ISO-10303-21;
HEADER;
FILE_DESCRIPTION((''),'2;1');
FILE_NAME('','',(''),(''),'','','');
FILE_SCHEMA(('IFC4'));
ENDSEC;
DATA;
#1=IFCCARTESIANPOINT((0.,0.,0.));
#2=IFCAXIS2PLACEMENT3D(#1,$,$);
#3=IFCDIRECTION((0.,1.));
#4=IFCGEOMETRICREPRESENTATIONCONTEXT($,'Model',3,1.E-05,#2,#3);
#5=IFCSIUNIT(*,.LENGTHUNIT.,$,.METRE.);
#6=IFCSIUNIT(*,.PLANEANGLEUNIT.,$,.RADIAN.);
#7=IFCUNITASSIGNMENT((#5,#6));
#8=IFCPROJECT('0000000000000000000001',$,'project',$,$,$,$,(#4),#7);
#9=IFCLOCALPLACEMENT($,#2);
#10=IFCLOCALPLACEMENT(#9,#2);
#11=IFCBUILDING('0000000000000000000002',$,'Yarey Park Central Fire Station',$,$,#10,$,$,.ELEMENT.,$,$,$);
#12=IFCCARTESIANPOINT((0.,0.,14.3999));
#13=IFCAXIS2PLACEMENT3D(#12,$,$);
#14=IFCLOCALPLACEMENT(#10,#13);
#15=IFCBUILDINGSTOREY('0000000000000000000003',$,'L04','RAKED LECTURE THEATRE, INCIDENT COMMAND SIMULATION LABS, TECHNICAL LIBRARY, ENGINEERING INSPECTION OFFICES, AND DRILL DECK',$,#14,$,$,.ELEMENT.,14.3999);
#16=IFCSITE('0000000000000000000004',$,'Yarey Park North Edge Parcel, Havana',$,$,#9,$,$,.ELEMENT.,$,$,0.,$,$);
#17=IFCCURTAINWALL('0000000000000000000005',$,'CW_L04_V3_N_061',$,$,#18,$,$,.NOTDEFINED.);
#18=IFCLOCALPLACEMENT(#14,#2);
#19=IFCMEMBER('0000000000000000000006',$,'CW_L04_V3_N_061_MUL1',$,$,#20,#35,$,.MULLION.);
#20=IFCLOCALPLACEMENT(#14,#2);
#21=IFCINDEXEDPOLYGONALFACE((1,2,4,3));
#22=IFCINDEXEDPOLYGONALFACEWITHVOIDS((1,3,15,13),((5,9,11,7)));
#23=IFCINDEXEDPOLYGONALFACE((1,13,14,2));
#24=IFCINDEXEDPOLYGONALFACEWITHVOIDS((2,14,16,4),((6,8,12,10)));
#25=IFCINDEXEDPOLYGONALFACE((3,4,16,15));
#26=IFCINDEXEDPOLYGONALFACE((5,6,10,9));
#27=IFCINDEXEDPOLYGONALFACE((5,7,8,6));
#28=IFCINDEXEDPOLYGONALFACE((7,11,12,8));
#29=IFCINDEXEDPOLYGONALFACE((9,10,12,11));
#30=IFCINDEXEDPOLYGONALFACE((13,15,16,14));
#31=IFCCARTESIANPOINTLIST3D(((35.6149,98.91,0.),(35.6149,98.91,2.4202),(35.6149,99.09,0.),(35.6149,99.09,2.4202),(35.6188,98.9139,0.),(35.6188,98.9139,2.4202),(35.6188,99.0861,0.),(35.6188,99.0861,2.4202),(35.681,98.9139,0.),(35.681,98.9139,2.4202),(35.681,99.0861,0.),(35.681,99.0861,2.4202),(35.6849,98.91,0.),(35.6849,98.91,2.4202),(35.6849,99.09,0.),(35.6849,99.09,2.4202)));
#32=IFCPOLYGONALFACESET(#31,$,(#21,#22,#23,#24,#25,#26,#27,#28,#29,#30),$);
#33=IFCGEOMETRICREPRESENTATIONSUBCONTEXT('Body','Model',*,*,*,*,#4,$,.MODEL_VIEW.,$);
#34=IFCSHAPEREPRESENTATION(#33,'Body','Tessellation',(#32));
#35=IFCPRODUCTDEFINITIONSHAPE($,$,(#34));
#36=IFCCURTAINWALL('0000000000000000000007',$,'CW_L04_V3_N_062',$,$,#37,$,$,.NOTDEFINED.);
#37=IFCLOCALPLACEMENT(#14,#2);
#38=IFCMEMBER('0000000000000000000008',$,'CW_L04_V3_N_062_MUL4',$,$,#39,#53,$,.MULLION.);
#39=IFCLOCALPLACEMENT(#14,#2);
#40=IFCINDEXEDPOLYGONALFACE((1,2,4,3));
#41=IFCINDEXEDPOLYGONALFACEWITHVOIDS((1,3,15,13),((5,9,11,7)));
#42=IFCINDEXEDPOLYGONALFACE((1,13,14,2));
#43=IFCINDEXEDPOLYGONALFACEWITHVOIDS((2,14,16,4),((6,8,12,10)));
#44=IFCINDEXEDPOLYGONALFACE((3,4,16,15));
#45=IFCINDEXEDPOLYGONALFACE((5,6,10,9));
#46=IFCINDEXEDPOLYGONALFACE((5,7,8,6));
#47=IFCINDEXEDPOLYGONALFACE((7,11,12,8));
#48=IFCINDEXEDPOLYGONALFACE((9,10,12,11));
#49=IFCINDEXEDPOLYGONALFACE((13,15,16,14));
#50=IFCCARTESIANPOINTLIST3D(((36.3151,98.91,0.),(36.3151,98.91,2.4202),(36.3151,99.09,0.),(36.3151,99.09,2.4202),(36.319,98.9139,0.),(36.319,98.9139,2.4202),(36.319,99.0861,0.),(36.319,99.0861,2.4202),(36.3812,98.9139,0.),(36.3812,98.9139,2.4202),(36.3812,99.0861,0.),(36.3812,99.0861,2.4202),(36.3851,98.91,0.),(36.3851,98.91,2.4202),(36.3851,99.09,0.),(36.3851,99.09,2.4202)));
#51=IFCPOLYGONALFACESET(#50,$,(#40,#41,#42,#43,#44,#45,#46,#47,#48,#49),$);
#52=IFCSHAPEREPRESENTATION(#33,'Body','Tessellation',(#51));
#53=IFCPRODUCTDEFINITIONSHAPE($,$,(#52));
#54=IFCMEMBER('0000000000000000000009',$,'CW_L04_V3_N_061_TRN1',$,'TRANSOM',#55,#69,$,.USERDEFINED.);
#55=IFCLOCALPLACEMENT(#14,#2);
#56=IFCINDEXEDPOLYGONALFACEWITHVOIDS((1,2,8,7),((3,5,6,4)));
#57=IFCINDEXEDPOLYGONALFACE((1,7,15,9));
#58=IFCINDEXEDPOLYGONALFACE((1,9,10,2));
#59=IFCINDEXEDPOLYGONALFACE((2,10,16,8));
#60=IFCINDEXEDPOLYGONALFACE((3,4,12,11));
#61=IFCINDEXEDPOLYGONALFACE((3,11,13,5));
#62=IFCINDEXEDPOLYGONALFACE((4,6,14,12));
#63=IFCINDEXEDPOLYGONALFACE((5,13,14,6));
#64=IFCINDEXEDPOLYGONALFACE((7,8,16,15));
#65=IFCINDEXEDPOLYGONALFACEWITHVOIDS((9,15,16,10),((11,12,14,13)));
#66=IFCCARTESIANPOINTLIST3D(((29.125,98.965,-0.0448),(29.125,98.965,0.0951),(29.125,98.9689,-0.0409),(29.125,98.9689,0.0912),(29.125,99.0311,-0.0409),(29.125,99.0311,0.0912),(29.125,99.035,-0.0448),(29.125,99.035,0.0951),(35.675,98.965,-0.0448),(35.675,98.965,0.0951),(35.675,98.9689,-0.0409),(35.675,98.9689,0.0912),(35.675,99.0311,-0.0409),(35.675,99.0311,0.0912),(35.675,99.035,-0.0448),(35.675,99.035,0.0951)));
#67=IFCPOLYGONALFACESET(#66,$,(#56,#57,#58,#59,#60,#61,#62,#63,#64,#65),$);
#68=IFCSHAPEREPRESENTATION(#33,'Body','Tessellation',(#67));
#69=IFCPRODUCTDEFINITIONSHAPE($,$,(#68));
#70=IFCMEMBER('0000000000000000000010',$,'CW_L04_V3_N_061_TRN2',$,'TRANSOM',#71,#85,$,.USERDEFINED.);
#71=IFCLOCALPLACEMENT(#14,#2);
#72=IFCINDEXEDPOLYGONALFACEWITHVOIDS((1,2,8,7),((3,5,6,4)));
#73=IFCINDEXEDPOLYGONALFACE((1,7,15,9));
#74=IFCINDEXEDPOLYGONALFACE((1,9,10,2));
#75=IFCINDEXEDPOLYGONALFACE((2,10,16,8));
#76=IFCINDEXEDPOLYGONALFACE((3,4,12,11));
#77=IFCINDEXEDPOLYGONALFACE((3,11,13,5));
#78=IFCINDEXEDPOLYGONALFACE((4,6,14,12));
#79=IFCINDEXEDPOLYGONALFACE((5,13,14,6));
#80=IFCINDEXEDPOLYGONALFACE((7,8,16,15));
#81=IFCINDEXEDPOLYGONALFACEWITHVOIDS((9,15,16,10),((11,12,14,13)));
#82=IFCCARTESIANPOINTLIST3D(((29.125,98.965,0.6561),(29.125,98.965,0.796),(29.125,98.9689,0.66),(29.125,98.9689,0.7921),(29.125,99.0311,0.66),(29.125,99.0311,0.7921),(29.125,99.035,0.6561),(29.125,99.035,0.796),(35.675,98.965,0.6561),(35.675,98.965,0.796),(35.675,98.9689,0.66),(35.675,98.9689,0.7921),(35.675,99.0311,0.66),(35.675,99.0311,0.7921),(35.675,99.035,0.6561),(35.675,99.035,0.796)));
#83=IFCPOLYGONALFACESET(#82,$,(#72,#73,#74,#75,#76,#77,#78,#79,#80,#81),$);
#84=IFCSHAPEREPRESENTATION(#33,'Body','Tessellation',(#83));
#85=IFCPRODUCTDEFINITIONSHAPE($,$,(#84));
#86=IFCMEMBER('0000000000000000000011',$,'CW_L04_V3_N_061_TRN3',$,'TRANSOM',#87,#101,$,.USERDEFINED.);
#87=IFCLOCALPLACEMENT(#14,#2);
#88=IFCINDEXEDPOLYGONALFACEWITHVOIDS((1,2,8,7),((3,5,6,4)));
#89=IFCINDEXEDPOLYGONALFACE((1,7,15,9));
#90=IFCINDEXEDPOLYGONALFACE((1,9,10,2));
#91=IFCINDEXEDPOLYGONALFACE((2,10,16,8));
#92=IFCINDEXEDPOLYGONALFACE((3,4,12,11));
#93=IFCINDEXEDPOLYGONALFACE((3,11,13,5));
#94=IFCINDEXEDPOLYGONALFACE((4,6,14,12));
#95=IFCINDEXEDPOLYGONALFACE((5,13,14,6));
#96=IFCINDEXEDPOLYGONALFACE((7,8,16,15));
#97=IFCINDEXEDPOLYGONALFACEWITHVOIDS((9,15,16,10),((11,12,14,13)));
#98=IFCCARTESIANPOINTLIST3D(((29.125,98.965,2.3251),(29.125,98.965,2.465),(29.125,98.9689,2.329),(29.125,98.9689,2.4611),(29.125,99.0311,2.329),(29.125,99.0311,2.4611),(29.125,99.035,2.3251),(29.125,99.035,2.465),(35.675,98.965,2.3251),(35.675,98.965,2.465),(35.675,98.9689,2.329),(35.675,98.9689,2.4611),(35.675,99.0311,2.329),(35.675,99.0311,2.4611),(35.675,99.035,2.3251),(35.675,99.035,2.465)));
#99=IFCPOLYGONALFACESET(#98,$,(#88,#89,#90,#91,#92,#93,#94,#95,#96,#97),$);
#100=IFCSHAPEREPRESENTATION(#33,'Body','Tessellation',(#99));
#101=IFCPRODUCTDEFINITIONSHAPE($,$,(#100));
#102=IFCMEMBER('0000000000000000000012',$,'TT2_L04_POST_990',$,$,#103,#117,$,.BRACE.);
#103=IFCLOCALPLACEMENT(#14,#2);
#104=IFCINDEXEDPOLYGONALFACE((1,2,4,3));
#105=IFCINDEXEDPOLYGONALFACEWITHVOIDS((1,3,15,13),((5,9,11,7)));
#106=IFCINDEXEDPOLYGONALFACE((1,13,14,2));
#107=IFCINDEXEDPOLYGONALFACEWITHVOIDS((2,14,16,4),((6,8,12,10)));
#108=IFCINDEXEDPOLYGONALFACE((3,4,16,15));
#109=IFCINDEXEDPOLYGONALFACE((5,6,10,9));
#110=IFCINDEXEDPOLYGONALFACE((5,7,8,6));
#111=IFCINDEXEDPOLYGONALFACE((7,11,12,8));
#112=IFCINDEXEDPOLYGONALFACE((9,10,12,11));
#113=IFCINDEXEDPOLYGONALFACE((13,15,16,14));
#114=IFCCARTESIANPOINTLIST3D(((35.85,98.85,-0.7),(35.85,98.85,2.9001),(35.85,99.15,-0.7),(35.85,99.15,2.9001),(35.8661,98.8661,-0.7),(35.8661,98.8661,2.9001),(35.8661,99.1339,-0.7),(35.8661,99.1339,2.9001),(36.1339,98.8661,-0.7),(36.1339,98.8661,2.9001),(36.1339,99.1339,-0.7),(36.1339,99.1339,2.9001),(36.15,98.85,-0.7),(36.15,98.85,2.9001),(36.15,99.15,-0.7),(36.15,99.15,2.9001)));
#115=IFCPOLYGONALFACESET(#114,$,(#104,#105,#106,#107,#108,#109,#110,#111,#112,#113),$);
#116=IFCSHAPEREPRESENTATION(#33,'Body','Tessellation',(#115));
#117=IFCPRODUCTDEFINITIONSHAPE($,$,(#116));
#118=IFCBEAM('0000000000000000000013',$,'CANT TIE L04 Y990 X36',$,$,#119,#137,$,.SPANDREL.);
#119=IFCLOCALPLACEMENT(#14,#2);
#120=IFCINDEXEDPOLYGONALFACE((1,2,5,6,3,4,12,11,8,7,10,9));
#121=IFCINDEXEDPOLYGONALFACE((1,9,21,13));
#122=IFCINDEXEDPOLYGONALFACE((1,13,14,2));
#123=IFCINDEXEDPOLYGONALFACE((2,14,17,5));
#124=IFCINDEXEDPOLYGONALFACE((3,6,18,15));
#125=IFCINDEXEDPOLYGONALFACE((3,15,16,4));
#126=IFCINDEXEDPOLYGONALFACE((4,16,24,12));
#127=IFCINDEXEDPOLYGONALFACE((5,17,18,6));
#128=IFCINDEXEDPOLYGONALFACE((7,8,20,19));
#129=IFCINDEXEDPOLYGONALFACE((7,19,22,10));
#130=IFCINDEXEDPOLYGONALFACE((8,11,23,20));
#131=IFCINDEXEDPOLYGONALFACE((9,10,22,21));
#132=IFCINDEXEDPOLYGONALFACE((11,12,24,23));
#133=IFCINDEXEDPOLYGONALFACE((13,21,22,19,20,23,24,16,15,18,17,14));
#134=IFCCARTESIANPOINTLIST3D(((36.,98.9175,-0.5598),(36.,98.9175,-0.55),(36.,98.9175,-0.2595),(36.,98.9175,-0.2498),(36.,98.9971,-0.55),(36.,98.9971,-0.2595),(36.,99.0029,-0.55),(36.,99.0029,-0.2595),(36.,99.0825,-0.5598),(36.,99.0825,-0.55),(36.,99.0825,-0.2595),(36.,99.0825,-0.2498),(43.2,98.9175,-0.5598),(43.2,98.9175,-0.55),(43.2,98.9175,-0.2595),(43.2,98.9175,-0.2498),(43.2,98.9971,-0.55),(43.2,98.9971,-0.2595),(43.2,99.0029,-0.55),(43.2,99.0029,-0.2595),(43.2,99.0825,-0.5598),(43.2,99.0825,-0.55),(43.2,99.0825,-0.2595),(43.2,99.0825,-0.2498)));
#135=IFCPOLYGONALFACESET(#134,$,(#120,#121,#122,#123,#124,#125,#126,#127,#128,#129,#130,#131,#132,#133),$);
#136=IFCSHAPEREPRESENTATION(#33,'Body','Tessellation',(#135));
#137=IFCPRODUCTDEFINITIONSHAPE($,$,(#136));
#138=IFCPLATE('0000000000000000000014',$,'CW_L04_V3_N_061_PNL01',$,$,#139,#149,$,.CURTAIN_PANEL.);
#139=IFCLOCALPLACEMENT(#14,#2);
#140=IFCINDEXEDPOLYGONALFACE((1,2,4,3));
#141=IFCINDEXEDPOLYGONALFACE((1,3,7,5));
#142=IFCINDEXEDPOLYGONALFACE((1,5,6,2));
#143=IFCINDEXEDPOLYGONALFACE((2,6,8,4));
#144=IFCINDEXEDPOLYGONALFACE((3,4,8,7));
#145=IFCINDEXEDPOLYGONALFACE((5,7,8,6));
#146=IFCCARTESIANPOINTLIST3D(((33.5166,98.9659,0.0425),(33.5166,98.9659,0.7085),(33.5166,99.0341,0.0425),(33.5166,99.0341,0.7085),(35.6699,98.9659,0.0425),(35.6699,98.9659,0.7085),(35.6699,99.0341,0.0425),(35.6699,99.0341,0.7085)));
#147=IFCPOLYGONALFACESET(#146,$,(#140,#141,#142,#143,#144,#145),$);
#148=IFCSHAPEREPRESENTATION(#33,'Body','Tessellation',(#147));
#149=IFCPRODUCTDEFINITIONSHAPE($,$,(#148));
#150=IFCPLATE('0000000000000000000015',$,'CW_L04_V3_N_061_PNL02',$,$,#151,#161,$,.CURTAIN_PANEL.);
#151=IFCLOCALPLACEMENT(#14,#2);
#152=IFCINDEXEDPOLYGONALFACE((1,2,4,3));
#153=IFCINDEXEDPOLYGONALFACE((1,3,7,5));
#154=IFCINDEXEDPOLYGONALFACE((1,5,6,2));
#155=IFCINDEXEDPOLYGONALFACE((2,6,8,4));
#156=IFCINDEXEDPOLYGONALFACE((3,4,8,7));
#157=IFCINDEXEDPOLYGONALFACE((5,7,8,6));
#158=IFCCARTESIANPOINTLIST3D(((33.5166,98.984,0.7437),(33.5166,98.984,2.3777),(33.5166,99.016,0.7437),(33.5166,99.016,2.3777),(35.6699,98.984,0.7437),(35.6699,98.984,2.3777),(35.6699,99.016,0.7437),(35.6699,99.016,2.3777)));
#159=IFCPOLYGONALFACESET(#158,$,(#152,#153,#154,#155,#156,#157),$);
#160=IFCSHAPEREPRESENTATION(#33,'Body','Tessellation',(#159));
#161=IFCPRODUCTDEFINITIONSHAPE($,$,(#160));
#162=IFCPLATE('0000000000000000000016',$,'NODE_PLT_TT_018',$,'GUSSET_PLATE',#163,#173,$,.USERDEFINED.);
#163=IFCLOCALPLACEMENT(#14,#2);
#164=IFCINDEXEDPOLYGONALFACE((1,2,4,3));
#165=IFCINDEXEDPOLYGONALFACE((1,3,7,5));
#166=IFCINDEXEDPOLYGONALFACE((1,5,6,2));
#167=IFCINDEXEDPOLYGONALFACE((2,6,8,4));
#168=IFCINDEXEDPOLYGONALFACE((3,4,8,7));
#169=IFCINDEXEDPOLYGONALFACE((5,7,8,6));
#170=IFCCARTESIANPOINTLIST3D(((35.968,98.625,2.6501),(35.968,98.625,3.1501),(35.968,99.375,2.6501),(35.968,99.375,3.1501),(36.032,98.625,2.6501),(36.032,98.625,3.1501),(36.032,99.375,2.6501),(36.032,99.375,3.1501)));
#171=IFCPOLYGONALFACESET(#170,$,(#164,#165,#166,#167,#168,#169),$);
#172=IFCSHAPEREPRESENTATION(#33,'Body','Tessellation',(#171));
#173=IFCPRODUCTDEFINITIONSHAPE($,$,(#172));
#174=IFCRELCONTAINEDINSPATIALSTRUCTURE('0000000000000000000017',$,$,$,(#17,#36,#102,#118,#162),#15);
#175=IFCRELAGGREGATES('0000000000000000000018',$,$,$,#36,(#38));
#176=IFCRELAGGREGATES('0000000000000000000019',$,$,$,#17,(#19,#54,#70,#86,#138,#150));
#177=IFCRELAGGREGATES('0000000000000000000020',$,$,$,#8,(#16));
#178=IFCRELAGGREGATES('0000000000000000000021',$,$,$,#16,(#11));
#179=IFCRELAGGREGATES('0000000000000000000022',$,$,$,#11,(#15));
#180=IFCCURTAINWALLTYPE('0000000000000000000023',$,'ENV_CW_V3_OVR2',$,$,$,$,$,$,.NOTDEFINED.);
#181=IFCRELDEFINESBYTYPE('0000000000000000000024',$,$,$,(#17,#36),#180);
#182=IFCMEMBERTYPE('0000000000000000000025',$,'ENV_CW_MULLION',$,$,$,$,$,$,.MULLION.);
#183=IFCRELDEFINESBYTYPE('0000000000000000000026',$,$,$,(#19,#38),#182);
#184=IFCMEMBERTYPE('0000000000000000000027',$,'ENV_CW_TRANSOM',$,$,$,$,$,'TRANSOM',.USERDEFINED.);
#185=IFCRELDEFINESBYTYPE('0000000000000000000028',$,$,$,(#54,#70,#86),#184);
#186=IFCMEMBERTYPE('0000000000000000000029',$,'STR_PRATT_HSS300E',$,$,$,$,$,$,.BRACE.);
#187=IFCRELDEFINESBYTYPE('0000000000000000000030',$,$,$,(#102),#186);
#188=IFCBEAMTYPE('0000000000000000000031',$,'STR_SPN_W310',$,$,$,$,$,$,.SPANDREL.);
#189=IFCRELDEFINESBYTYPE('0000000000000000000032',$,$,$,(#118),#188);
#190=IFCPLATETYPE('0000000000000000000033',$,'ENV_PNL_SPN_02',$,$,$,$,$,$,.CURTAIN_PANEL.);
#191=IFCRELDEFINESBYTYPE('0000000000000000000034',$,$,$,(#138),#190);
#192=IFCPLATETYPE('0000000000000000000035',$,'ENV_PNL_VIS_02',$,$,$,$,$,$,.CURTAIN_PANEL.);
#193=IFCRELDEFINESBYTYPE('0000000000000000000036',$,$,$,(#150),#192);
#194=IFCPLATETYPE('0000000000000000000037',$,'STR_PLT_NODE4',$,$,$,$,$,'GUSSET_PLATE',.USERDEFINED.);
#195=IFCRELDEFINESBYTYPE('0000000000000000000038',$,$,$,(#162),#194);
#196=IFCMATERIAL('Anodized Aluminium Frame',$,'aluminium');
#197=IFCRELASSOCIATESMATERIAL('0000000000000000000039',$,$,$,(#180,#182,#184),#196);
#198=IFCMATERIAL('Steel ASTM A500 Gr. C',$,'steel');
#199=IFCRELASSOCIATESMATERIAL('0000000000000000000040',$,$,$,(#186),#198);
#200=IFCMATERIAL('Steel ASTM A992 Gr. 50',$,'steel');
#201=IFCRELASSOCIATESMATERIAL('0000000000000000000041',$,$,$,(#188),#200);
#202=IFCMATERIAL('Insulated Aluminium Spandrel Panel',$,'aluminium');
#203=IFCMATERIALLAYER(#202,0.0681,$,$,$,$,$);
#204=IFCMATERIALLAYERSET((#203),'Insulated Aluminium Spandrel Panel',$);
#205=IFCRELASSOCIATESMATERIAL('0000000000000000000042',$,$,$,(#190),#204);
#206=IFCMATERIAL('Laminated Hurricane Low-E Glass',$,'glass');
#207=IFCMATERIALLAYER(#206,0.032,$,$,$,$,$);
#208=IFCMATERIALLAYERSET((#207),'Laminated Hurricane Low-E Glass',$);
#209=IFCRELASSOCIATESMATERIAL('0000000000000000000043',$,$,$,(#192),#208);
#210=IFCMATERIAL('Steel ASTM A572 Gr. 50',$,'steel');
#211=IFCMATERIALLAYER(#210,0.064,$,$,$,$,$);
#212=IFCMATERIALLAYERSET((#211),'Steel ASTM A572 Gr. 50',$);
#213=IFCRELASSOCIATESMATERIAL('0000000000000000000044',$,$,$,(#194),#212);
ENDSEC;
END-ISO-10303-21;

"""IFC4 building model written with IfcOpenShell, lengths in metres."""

from ifc_helpers import new_model, si_unit, direction, frame, origin, origin_2d, place, context, subcontext, project, spatial, rectangle, hollow_rectangle, i_section, extrude, material, layer, layer_set, material_profile, profile_set, type_object, element, aggregate, save


model = new_model("IFC4")

# Units and contexts
model_context = context("Model", 3, precision=1e-05, world=origin(), true_north=direction((0.0, 1.0)))
body_context = subcontext(model_context, "Body", "Model", "MODEL_VIEW")
ifc_project = project(units=[si_unit("LENGTHUNIT", "METRE"), si_unit("PLANEANGLEUNIT", "RADIAN")], contexts=[model_context])

# Site, building, storey
site_placement = place(None, origin())
site = spatial("IfcSite", under=ifc_project, at=site_placement, Name="Yarey Park North Edge Parcel, Havana", CompositionType="ELEMENT", RefElevation=0.0)
building_placement = place(site_placement, origin())
building = spatial("IfcBuilding", under=site, at=building_placement, Name="Yarey Park Central Fire Station", CompositionType="ELEMENT")
storey_placement = place(building_placement, frame((0.0, 0.0, 14.3999)))
storey = spatial("IfcBuildingStorey", under=building, at=storey_placement, Name="L04", Description="RAKED LECTURE THEATRE, INCIDENT COMMAND SIMULATION LABS, TECHNICAL LIBRARY, ENGINEERING INSPECTION OFFICES, AND DRILL DECK", CompositionType="ELEMENT", Elevation=14.3999)

# Curtain walls, members
ifc_material_1 = material(Name="Anodized Aluminium Frame", Category="aluminium")
curtain_wall_type = type_object("IfcCurtainWallType", Name="ENV_CW_V3_OVR2", PredefinedType="NOTDEFINED", material=ifc_material_1)
curtain_wall_1_placement = place(storey_placement, origin())
curtain_wall_1 = element("IfcCurtainWall", 1, at=curtain_wall_1_placement, inside=storey, type_object=curtain_wall_type, Name="CW_L04_V3_N_061", PredefinedType="NOTDEFINED")
ifc_material_profile_1 = material_profile(ifc_material_1, hollow_rectangle(XDim=0.0701, YDim=0.1799, WallThickness=0.0039, at=origin_2d()), Name="ALU 180x70x4")
ifc_profile_set_1 = profile_set([ifc_material_profile_1], Name="Anodized Aluminium Frame")
member_type_1 = type_object("IfcMemberType", Name="ENV_CW_MULLION", PredefinedType="MULLION", material=ifc_profile_set_1)
member_1_placement = place(storey_placement, frame((35.6499, 99.0, 0.0), z_axis=(0.0, 0.0, 1.0), x_axis=(1.0, 0.0, 0.0)))
member_1 = element("IfcMember", 2, at=member_1_placement, type_object=member_type_1, Name="CW_L04_V3_N_061_MUL1", PredefinedType="MULLION", context=body_context, shape_type="SweptSolid", body=[
    extrude(hollow_rectangle(XDim=0.0701, YDim=0.1799, WallThickness=0.0039, at=origin_2d()), origin(), (0.0, 0.0, 1.0), 2.4202),
])
curtain_wall_2_placement = place(storey_placement, origin())
curtain_wall_2 = element("IfcCurtainWall", 3, at=curtain_wall_2_placement, inside=storey, type_object=curtain_wall_type, Name="CW_L04_V3_N_062", PredefinedType="NOTDEFINED")
member_2_placement = place(storey_placement, frame((36.3501, 99.0, 0.0), z_axis=(0.0, 0.0, 1.0), x_axis=(1.0, 0.0, 0.0)))
member_2 = element("IfcMember", 4, at=member_2_placement, type_object=member_type_1, Name="CW_L04_V3_N_062_MUL4", PredefinedType="MULLION", context=body_context, shape_type="SweptSolid", body=[
    extrude(hollow_rectangle(XDim=0.0701, YDim=0.1799, WallThickness=0.0039, at=origin_2d()), origin(), (0.0, 0.0, 1.0), 2.4202),
])
aggregate(curtain_wall_2, [member_2])

# Members
ifc_material_profile_2 = material_profile(ifc_material_1, hollow_rectangle(XDim=0.0701, YDim=0.1399, WallThickness=0.0039, at=origin_2d()), Name="ALU 140x70x4")
ifc_profile_set_2 = profile_set([ifc_material_profile_2], Name="Anodized Aluminium Frame")
member_type_2 = type_object("IfcMemberType", Name="ENV_CW_TRANSOM", ElementType="TRANSOM", PredefinedType="USERDEFINED", material=ifc_profile_set_2)
member_3_placement = place(storey_placement, frame((35.675, 99.0, 0.0251), z_axis=(-1.0, 0.0, 0.0), x_axis=(0.0, -1.0, 0.0)))
member_3 = element("IfcMember", 5, at=member_3_placement, type_object=member_type_2, Name="CW_L04_V3_N_061_TRN1", ObjectType="TRANSOM", PredefinedType="USERDEFINED", context=body_context, shape_type="SweptSolid", body=[
    extrude(hollow_rectangle(XDim=0.0701, YDim=0.1399, WallThickness=0.0039, at=origin_2d()), origin(), (0.0, 0.0, 1.0), 6.55),
])
member_4_placement = place(storey_placement, frame((35.675, 99.0, 0.7261), z_axis=(-1.0, 0.0, 0.0), x_axis=(0.0, -1.0, 0.0)))
member_4 = element("IfcMember", 6, at=member_4_placement, type_object=member_type_2, Name="CW_L04_V3_N_061_TRN2", ObjectType="TRANSOM", PredefinedType="USERDEFINED", context=body_context, shape_type="SweptSolid", body=[
    extrude(hollow_rectangle(XDim=0.0701, YDim=0.1399, WallThickness=0.0039, at=origin_2d()), origin(), (0.0, 0.0, 1.0), 6.55),
])
member_5_placement = place(storey_placement, frame((35.675, 99.0, 2.395), z_axis=(-1.0, 0.0, 0.0), x_axis=(0.0, -1.0, 0.0)))
member_5 = element("IfcMember", 7, at=member_5_placement, type_object=member_type_2, Name="CW_L04_V3_N_061_TRN3", ObjectType="TRANSOM", PredefinedType="USERDEFINED", context=body_context, shape_type="SweptSolid", body=[
    extrude(hollow_rectangle(XDim=0.0701, YDim=0.1399, WallThickness=0.0039, at=origin_2d()), origin(), (0.0, 0.0, 1.0), 6.55),
])
ifc_material_2 = material(Name="Steel ASTM A500 Gr. C", Category="steel")
ifc_material_profile_3 = material_profile(ifc_material_2, hollow_rectangle(XDim=0.3, YDim=0.3, WallThickness=0.0161, at=origin_2d()), Name="HSS 300x300x16")
ifc_profile_set_3 = profile_set([ifc_material_profile_3], Name="Steel ASTM A500 Gr. C")
member_type_3 = type_object("IfcMemberType", Name="STR_PRATT_HSS300E", PredefinedType="BRACE", material=ifc_profile_set_3)
member_6_placement = place(storey_placement, frame((36.0, 99.0, -0.7), z_axis=(0.0, 0.0, 1.0), x_axis=(1.0, 0.0, 0.0)))
element("IfcMember", 8, at=member_6_placement, inside=storey, type_object=member_type_3, Name="TT2_L04_POST_990", PredefinedType="BRACE", context=body_context, shape_type="SweptSolid", body=[
    extrude(hollow_rectangle(XDim=0.3, YDim=0.3, WallThickness=0.0161, at=origin_2d()), origin(), (0.0, 0.0, 1.0), 3.6001),
])

# Beam
ifc_material_3 = material(Name="Steel ASTM A992 Gr. 50", Category="steel")
ifc_material_profile_4 = material_profile(ifc_material_3, i_section(OverallWidth=0.165, OverallDepth=0.3101, WebThickness=0.0059, FlangeThickness=0.0098, at=origin_2d()), Name="W310x39")
ifc_profile_set_4 = profile_set([ifc_material_profile_4], Name="Steel ASTM A992 Gr. 50")
beam_type = type_object("IfcBeamType", Name="STR_SPN_W310", PredefinedType="SPANDREL", material=ifc_profile_set_4)
beam_placement = place(storey_placement, frame((36.0, 99.0, -0.4048), z_axis=(1.0, 0.0, 0.0), x_axis=(0.0, 1.0, 0.0)))
element("IfcBeam", 9, at=beam_placement, inside=storey, type_object=beam_type, Name="CANT TIE L04 Y990 X36", PredefinedType="SPANDREL", context=body_context, shape_type="SweptSolid", body=[
    extrude(i_section(OverallWidth=0.165, OverallDepth=0.3101, WebThickness=0.0059, FlangeThickness=0.0098, at=origin_2d()), origin(), (0.0, 0.0, 1.0), 7.2),
])

# Plates
ifc_material_4 = material(Name="Insulated Aluminium Spandrel Panel", Category="aluminium")
ifc_layer_1 = layer(ifc_material_4, 0.0681)
ifc_layer_set_1 = layer_set([ifc_layer_1], Name="Insulated Aluminium Spandrel Panel")
plate_type_1 = type_object("IfcPlateType", Name="ENV_PNL_SPN_02", PredefinedType="CURTAIN_PANEL", material=ifc_layer_set_1)
plate_1_placement = place(storey_placement, frame((34.5933, 99.0, 0.0425), z_axis=(0.0, 0.0, 1.0), x_axis=(-1.0, 0.0, 0.0)))
plate_1 = element("IfcPlate", 10, at=plate_1_placement, type_object=plate_type_1, Name="CW_L04_V3_N_061_PNL01", PredefinedType="CURTAIN_PANEL", context=body_context, shape_type="SweptSolid", body=[
    extrude(rectangle(XDim=2.1533, YDim=0.0681, at=origin_2d()), origin(), (0.0, 0.0, 1.0), 0.666),
])
ifc_material_5 = material(Name="Laminated Hurricane Low-E Glass", Category="glass")
ifc_layer_2 = layer(ifc_material_5, 0.032)
ifc_layer_set_2 = layer_set([ifc_layer_2], Name="Laminated Hurricane Low-E Glass")
plate_type_2 = type_object("IfcPlateType", Name="ENV_PNL_VIS_02", PredefinedType="CURTAIN_PANEL", material=ifc_layer_set_2)
plate_2_placement = place(storey_placement, frame((34.5933, 99.0, 0.7437), z_axis=(0.0, 0.0, 1.0), x_axis=(-1.0, 0.0, 0.0)))
plate_2 = element("IfcPlate", 11, at=plate_2_placement, type_object=plate_type_2, Name="CW_L04_V3_N_061_PNL02", PredefinedType="CURTAIN_PANEL", context=body_context, shape_type="SweptSolid", body=[
    extrude(rectangle(XDim=2.1533, YDim=0.032, at=origin_2d()), origin(), (0.0, 0.0, 1.0), 1.634),
])
aggregate(curtain_wall_1, [member_1, member_3, member_4, member_5, plate_1, plate_2])
ifc_material_6 = material(Name="Steel ASTM A572 Gr. 50", Category="steel")
ifc_layer_3 = layer(ifc_material_6, 0.064)
ifc_layer_set_3 = layer_set([ifc_layer_3], Name="Steel ASTM A572 Gr. 50")
plate_type_3 = type_object("IfcPlateType", Name="STR_PLT_NODE4", ElementType="GUSSET_PLATE", PredefinedType="USERDEFINED", material=ifc_layer_set_3)
plate_3_placement = place(storey_placement, frame((36.0, 99.0, 2.6501), z_axis=(0.0, 0.0, 1.0), x_axis=(1.0, 0.0, 0.0)))
element("IfcPlate", 12, at=plate_3_placement, inside=storey, type_object=plate_type_3, Name="NODE_PLT_TT_018", ObjectType="GUSSET_PLATE", PredefinedType="USERDEFINED", context=body_context, shape_type="SweptSolid", body=[
    extrude(rectangle(XDim=0.064, YDim=0.75, at=origin_2d()), origin(), (0.0, 0.0, 1.0), 0.5),
])

save(model, "model.ifc")
